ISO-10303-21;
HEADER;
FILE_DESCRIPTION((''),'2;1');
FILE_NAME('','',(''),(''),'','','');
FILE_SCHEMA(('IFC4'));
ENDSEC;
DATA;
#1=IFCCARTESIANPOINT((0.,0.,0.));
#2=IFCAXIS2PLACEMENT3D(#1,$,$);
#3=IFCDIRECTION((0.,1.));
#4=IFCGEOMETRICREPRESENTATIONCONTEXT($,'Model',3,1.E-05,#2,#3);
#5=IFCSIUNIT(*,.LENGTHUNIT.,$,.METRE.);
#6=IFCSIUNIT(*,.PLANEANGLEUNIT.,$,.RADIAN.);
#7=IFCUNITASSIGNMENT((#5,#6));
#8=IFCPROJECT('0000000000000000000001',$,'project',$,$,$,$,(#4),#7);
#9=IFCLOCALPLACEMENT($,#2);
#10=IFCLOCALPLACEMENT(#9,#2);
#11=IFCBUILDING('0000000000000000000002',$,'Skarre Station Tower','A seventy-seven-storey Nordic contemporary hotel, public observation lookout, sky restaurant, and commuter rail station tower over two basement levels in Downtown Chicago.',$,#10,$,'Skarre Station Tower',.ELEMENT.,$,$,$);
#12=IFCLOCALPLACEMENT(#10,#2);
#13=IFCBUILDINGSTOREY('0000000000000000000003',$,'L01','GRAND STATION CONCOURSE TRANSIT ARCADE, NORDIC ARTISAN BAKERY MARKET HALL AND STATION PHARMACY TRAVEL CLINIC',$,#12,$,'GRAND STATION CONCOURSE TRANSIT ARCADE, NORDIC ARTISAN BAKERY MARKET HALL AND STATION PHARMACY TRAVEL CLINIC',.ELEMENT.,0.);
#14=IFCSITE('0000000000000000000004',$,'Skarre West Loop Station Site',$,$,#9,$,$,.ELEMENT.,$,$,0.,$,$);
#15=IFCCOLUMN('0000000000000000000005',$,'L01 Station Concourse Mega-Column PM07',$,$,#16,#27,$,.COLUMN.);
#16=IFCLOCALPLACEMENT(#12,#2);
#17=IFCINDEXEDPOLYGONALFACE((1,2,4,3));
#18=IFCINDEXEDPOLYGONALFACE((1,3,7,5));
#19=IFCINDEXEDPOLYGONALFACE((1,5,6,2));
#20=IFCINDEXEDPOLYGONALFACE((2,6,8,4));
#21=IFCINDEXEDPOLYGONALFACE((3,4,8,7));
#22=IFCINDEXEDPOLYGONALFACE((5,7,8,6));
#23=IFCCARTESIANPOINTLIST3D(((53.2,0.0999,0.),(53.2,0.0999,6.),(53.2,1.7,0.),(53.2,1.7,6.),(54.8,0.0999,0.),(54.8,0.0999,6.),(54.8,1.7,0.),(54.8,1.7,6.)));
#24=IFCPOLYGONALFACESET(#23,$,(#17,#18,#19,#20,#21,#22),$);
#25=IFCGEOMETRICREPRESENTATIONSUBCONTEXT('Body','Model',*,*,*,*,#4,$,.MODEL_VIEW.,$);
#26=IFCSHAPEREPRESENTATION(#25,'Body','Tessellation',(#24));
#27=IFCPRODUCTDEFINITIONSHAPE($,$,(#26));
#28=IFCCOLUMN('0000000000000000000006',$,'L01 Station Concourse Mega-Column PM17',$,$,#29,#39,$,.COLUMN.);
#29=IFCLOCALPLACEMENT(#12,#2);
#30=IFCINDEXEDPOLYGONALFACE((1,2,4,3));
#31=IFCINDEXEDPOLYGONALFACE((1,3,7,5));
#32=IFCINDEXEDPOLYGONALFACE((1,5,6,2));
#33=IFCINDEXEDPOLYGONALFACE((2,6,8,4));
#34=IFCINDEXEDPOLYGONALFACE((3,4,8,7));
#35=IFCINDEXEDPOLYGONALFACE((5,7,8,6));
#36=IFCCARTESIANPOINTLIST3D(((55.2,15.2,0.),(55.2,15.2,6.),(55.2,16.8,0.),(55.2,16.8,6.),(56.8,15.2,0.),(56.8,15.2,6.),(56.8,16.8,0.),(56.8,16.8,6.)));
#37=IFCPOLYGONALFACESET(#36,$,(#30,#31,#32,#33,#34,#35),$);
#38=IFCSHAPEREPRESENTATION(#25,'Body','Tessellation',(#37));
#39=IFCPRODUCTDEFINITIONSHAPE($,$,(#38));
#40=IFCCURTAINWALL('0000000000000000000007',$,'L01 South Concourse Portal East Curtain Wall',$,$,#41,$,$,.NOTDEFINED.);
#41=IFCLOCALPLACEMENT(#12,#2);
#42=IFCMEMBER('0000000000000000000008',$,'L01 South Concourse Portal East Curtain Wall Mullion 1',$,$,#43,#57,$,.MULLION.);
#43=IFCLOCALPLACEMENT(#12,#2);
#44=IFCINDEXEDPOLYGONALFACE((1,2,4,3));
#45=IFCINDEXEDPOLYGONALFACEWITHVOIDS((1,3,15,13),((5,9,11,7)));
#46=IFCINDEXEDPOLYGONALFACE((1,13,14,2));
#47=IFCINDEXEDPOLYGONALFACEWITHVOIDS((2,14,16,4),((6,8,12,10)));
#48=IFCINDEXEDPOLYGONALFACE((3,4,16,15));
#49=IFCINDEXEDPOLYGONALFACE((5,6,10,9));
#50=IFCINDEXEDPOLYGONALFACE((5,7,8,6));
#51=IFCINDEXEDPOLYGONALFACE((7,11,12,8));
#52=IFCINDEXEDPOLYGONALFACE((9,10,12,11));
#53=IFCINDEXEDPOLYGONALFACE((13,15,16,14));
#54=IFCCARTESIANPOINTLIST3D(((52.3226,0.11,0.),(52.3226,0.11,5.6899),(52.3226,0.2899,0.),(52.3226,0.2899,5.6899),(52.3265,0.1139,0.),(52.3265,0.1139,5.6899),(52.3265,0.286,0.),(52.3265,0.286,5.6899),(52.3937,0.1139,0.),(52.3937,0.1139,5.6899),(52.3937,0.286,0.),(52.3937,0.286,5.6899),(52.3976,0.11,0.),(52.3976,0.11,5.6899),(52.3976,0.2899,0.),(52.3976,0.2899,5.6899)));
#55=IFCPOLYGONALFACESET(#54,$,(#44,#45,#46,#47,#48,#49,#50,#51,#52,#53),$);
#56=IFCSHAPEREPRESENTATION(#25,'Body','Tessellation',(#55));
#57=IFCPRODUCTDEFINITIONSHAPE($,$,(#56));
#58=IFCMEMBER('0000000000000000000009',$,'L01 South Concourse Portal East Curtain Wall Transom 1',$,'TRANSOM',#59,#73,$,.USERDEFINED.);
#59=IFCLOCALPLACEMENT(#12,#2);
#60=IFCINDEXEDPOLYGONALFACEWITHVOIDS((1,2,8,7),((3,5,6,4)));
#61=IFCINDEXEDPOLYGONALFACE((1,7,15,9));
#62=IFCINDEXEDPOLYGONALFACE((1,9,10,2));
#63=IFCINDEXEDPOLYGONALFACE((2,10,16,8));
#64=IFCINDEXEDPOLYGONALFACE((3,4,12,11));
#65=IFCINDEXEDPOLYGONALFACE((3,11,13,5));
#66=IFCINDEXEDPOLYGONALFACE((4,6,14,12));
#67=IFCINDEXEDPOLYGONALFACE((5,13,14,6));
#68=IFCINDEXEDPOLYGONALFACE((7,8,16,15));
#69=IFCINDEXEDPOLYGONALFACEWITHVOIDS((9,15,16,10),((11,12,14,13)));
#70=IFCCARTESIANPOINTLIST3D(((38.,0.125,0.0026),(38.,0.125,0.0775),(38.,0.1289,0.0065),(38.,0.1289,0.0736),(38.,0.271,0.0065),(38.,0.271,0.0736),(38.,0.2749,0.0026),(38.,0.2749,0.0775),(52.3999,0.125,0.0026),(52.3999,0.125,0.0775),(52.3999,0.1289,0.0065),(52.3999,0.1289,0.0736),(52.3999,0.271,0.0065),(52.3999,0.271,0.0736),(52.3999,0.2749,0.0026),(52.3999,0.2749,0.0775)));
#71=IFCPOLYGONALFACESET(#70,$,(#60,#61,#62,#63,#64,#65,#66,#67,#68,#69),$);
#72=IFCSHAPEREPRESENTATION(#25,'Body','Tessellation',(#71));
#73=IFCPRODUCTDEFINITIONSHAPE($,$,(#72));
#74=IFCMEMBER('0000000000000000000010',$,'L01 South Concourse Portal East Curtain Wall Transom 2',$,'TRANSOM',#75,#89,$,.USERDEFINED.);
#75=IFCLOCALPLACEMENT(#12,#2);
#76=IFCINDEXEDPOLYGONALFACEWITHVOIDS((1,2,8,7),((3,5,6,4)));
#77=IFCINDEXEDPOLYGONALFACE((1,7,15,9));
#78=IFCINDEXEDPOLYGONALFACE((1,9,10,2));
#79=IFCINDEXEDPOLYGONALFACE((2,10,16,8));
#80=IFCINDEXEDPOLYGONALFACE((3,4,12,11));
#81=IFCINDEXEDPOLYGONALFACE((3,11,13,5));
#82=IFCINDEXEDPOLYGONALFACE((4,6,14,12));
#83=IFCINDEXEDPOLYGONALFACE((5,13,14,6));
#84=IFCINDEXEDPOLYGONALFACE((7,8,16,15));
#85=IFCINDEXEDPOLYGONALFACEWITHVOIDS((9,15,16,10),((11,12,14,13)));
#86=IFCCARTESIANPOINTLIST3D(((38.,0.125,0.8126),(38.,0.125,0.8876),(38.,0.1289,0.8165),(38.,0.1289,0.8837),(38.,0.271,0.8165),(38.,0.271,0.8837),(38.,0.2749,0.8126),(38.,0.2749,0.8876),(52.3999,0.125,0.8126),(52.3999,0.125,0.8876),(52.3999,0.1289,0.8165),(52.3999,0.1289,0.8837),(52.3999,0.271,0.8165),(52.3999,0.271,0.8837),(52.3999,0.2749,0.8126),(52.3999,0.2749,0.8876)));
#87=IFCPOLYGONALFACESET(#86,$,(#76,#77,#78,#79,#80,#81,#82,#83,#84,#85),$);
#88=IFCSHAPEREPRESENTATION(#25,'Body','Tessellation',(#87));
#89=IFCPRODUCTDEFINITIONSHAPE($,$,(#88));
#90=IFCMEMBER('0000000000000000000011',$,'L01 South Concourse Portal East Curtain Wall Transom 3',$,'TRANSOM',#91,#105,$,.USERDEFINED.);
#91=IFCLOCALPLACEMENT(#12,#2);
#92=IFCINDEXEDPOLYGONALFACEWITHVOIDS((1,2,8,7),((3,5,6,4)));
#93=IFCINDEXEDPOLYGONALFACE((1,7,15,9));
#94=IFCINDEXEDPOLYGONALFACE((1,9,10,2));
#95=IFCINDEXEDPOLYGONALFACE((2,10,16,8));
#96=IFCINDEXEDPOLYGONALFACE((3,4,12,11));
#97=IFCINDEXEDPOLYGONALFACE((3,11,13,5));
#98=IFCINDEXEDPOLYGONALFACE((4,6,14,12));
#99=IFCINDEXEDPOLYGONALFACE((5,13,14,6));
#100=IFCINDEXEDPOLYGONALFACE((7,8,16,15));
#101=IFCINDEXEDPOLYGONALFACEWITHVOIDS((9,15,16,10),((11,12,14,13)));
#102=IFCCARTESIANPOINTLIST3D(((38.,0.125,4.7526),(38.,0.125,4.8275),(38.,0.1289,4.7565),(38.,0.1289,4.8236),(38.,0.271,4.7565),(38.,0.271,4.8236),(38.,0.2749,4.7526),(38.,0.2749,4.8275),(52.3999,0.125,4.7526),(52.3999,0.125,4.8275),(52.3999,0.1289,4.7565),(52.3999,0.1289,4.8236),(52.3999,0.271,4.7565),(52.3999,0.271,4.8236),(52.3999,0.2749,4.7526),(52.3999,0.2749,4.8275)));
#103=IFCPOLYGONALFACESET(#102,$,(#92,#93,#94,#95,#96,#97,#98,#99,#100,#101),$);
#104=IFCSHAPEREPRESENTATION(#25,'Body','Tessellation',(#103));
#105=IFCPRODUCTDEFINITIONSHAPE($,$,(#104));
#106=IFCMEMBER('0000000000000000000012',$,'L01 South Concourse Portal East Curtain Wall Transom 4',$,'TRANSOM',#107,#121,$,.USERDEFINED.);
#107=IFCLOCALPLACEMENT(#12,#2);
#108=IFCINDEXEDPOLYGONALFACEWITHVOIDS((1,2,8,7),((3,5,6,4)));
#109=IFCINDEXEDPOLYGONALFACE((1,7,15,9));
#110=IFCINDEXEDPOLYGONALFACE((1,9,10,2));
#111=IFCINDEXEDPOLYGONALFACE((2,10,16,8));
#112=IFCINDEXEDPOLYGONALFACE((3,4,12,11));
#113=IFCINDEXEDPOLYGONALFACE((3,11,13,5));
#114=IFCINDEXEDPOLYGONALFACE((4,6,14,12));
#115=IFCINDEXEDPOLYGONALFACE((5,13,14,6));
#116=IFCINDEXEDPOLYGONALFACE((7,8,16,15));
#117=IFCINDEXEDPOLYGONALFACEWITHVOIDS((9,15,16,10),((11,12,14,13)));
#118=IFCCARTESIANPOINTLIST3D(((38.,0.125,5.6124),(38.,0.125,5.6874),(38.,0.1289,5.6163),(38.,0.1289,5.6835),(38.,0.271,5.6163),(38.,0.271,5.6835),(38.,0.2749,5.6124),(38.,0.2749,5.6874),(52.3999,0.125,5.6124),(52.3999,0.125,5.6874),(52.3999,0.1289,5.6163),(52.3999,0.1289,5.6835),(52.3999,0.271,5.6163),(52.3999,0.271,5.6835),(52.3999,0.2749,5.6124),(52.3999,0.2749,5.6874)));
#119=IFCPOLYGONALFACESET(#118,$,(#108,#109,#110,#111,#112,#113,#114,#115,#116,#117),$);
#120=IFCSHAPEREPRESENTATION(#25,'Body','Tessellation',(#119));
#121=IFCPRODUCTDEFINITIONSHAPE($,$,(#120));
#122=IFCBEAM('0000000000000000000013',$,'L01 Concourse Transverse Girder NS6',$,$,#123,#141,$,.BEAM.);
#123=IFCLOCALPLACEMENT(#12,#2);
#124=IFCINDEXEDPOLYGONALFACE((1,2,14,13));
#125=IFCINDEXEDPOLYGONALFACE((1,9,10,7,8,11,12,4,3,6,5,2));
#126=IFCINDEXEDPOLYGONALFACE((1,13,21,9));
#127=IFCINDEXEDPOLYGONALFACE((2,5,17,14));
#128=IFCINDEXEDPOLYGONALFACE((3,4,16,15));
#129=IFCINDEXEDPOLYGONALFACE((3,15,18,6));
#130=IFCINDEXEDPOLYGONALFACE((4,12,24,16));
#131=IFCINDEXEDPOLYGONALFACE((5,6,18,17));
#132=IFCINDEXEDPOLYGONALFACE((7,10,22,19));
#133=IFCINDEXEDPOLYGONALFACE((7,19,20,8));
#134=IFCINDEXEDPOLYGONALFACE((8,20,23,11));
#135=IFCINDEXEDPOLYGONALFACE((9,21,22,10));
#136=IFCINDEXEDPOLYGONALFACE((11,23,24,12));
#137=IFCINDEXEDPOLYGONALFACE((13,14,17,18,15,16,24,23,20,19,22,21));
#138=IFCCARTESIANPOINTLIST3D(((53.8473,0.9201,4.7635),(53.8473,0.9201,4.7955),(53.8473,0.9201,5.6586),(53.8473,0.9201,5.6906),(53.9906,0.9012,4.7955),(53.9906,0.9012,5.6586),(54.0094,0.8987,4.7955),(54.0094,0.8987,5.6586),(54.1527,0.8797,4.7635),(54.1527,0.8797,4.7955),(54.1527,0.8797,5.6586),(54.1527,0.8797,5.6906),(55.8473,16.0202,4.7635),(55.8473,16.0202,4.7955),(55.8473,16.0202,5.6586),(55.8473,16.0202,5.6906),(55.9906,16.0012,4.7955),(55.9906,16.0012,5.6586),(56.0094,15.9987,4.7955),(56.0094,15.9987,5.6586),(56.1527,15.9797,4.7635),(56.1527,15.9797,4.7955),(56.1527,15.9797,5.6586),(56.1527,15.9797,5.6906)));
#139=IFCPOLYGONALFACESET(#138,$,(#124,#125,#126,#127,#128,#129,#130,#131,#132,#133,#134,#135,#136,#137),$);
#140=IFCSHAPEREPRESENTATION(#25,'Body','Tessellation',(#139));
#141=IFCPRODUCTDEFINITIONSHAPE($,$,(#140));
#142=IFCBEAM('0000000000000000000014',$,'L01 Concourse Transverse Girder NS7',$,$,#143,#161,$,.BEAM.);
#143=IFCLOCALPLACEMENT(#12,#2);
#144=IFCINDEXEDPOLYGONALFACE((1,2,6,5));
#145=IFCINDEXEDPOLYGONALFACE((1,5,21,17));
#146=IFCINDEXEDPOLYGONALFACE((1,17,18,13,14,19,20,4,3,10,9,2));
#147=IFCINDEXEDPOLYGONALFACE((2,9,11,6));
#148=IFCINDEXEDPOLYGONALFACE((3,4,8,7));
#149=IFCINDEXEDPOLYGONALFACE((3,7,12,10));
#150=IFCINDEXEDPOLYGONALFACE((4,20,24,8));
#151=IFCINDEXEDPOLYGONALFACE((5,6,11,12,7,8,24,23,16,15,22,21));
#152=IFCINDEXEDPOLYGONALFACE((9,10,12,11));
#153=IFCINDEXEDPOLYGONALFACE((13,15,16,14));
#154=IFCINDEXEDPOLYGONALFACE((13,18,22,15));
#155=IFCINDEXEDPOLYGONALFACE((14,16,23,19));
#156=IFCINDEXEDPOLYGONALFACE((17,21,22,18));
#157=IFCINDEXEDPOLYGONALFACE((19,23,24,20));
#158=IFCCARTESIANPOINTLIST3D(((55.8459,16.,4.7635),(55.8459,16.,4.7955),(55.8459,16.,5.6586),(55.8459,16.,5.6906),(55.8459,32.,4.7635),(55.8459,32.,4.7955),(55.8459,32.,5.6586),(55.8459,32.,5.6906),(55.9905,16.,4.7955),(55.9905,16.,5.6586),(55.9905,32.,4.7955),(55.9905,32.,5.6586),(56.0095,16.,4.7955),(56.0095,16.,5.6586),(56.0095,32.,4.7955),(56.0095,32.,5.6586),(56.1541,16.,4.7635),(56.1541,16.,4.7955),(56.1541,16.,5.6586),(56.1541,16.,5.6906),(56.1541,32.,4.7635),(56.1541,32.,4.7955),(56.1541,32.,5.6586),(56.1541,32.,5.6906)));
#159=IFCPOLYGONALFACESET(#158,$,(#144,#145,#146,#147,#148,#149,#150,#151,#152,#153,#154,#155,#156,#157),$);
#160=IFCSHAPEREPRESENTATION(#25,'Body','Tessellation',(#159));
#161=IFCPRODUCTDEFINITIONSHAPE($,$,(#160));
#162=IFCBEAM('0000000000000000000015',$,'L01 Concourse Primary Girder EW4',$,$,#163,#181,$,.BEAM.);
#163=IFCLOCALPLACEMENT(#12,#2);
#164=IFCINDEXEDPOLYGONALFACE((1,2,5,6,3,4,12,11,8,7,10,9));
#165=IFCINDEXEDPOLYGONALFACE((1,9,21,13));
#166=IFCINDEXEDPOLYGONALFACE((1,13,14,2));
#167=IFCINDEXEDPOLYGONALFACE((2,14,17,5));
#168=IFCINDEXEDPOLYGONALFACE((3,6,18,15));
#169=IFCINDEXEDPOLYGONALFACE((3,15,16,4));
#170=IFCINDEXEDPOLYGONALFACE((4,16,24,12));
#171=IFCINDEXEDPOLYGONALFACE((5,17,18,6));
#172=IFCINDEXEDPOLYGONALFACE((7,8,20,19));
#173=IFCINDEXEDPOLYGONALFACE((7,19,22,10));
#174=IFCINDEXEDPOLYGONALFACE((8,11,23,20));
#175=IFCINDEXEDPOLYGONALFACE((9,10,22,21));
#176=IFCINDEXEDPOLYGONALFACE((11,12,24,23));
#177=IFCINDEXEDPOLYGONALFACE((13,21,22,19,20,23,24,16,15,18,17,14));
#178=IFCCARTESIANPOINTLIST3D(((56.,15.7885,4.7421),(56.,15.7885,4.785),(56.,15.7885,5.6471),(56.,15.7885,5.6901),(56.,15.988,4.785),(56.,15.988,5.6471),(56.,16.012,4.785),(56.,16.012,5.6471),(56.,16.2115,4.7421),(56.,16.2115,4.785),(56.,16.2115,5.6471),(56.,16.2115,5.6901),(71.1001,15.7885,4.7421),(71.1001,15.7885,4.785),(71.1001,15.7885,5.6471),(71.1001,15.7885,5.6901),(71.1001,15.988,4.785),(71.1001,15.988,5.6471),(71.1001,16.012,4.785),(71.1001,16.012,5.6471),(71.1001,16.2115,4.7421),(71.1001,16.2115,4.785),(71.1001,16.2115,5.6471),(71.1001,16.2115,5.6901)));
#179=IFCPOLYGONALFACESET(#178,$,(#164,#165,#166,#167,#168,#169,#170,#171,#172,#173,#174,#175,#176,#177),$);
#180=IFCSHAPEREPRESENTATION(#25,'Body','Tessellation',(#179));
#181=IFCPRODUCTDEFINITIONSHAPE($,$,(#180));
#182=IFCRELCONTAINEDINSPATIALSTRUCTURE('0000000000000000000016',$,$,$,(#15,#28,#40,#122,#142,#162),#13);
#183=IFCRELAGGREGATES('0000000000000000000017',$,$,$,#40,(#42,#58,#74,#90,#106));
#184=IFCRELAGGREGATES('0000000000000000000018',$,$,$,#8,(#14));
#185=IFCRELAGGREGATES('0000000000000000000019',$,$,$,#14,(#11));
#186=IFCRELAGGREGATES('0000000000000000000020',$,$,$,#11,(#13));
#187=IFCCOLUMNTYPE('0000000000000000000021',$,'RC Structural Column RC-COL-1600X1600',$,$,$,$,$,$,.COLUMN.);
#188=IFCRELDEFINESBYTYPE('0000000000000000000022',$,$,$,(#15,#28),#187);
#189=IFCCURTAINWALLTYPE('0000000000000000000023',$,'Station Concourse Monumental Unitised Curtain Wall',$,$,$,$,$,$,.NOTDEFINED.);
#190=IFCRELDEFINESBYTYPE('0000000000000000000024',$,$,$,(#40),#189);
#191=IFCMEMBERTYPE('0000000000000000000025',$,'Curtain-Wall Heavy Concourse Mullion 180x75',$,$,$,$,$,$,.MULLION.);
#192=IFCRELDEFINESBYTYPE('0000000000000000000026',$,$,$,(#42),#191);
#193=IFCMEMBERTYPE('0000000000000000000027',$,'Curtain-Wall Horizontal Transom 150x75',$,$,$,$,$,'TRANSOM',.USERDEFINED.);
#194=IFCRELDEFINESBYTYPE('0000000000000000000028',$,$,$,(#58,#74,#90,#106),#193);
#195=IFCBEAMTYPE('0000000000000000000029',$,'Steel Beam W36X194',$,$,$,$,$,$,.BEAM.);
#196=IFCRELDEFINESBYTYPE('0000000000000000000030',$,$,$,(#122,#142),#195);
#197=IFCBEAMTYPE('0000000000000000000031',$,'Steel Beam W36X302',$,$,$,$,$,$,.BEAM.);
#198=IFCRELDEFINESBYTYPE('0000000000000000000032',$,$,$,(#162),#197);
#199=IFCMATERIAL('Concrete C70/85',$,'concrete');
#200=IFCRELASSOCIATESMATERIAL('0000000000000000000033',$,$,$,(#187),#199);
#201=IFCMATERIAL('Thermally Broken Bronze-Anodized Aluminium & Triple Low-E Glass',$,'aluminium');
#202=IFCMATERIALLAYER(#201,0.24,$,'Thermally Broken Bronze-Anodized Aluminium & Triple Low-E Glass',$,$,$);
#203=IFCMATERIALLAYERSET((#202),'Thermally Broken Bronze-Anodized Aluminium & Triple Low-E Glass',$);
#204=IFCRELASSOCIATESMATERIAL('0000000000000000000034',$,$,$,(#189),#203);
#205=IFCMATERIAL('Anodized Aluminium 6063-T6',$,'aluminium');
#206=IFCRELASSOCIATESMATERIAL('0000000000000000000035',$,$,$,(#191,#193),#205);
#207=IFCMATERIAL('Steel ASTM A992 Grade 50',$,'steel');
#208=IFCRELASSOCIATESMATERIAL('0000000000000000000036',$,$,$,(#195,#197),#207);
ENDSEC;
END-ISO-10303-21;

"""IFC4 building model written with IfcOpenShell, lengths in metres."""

from ifc_helpers import new_model, si_unit, direction, frame, origin, origin_2d, place, context, subcontext, project, spatial, rectangle, hollow_rectangle, i_section, extrude, material, layer, layer_set, material_profile, profile_set, type_object, element, aggregate, save


model = new_model("IFC4")

# Units and contexts
model_context = context("Model", 3, precision=1e-05, world=origin(), true_north=direction((0.0, 1.0)))
body_context = subcontext(model_context, "Body", "Model", "MODEL_VIEW")
ifc_project = project(units=[si_unit("LENGTHUNIT", "METRE"), si_unit("PLANEANGLEUNIT", "RADIAN")], contexts=[model_context])

# Site, building, storey
site_placement = place(None, origin())
site = spatial("IfcSite", under=ifc_project, at=site_placement, Name="Skarre West Loop Station Site", CompositionType="ELEMENT", RefElevation=0.0)
building_placement = place(site_placement, origin())
building = spatial("IfcBuilding", under=site, at=building_placement, Name="Skarre Station Tower", Description="A seventy-seven-storey Nordic contemporary hotel, public observation lookout, sky restaurant, and commuter rail station tower over two basement levels in Downtown Chicago.", LongName="Skarre Station Tower", CompositionType="ELEMENT")
storey_placement = place(building_placement, origin())
storey = spatial("IfcBuildingStorey", under=building, at=storey_placement, Name="L01", Description="GRAND STATION CONCOURSE TRANSIT ARCADE, NORDIC ARTISAN BAKERY MARKET HALL AND STATION PHARMACY TRAVEL CLINIC", LongName="GRAND STATION CONCOURSE TRANSIT ARCADE, NORDIC ARTISAN BAKERY MARKET HALL AND STATION PHARMACY TRAVEL CLINIC", CompositionType="ELEMENT", Elevation=0.0)

# Columns
ifc_material_1 = material(Name="Concrete C70/85", Category="concrete")
ifc_material_profile_1 = material_profile(ifc_material_1, rectangle(XDim=1.6001, YDim=1.6001, at=origin_2d()), Name="Concrete C70/85")
ifc_profile_set_1 = profile_set([ifc_material_profile_1], Name="Concrete C70/85")
column_type = type_object("IfcColumnType", Name="RC Structural Column RC-COL-1600X1600", PredefinedType="COLUMN", material=ifc_profile_set_1)
for number, where, z_axis, x_axis, name in (
    (1, (54.0, 0.8999, 0.0), (0.0, 0.0, 1.0), (1.0, 0.0, 0.0), "L01 Station Concourse Mega-Column PM07"),
    (2, (56.0, 16.0, 0.0), (0.0, 0.0, 1.0), (1.0, 0.0, 0.0), "L01 Station Concourse Mega-Column PM17"),
):
    element("IfcColumn", number, at=place(storey_placement, frame(where, z_axis=z_axis, x_axis=x_axis)), inside=storey, type_object=column_type, Name=name, PredefinedType="COLUMN", context=body_context, shape_type="SweptSolid", body=[
        extrude(rectangle(XDim=1.6001, YDim=1.6001, at=origin_2d()), origin(), (0.0, 0.0, 1.0), 6.0),
    ])

# Curtain wall, members
ifc_material_2 = material(Name="Thermally Broken Bronze-Anodized Aluminium & Triple Low-E Glass", Category="aluminium")
ifc_layer_1 = layer(ifc_material_2, 0.24, Name="Thermally Broken Bronze-Anodized Aluminium & Triple Low-E Glass")
ifc_layer_set_1 = layer_set([ifc_layer_1], Name="Thermally Broken Bronze-Anodized Aluminium & Triple Low-E Glass")
curtain_wall_type = type_object("IfcCurtainWallType", Name="Station Concourse Monumental Unitised Curtain Wall", PredefinedType="NOTDEFINED", material=ifc_layer_set_1)
curtain_wall_placement = place(storey_placement, origin())
curtain_wall = element("IfcCurtainWall", 3, at=curtain_wall_placement, inside=storey, type_object=curtain_wall_type, Name="L01 South Concourse Portal East Curtain Wall", PredefinedType="NOTDEFINED")
ifc_material_3 = material(Name="Anodized Aluminium 6063-T6", Category="aluminium")
ifc_material_profile_2 = material_profile(ifc_material_3, hollow_rectangle(XDim=0.075, YDim=0.1799, WallThickness=0.0039, at=origin_2d()), Name="Anodized Aluminium 6063-T6")
ifc_profile_set_2 = profile_set([ifc_material_profile_2], Name="Anodized Aluminium 6063-T6")
member_type_1 = type_object("IfcMemberType", Name="Curtain-Wall Heavy Concourse Mullion 180x75", PredefinedType="MULLION", material=ifc_profile_set_2)
member_1_placement = place(storey_placement, frame((52.3601, 0.2, 0.0), z_axis=(0.0, 0.0, 1.0), x_axis=(-1.0, 0.0, 0.0)))
member_1 = element("IfcMember", 4, at=member_1_placement, type_object=member_type_1, Name="L01 South Concourse Portal East Curtain Wall Mullion 1", PredefinedType="MULLION", context=body_context, shape_type="SweptSolid", body=[
    extrude(hollow_rectangle(XDim=0.075, YDim=0.1799, WallThickness=0.0039, at=origin_2d()), origin(), (0.0, 0.0, 1.0), 5.6899),
])
ifc_material_profile_3 = material_profile(ifc_material_3, hollow_rectangle(XDim=0.075, YDim=0.1499, WallThickness=0.0039, at=origin_2d()), Name="Anodized Aluminium 6063-T6")
ifc_profile_set_3 = profile_set([ifc_material_profile_3], Name="Anodized Aluminium 6063-T6")
member_type_2 = type_object("IfcMemberType", Name="Curtain-Wall Horizontal Transom 150x75", ElementType="TRANSOM", PredefinedType="USERDEFINED", material=ifc_profile_set_3)
member_2_placement = place(storey_placement, frame((52.3999, 0.2, 0.04), z_axis=(-1.0, 0.0, 0.0), x_axis=(0.0, 0.0, 1.0)))
member_2 = element("IfcMember", 5, at=member_2_placement, type_object=member_type_2, Name="L01 South Concourse Portal East Curtain Wall Transom 1", ObjectType="TRANSOM", PredefinedType="USERDEFINED", context=body_context, shape_type="SweptSolid", body=[
    extrude(hollow_rectangle(XDim=0.075, YDim=0.1499, WallThickness=0.0039, at=origin_2d()), origin(), (0.0, 0.0, 1.0), 14.3999),
])
member_3_placement = place(storey_placement, frame((52.3999, 0.2, 0.8501), z_axis=(-1.0, 0.0, 0.0), x_axis=(0.0, 0.0, 1.0)))
member_3 = element("IfcMember", 6, at=member_3_placement, type_object=member_type_2, Name="L01 South Concourse Portal East Curtain Wall Transom 2", ObjectType="TRANSOM", PredefinedType="USERDEFINED", context=body_context, shape_type="SweptSolid", body=[
    extrude(hollow_rectangle(XDim=0.075, YDim=0.1499, WallThickness=0.0039, at=origin_2d()), origin(), (0.0, 0.0, 1.0), 14.3999),
])
member_4_placement = place(storey_placement, frame((52.3999, 0.2, 4.79), z_axis=(-1.0, 0.0, 0.0), x_axis=(0.0, 0.0, 1.0)))
member_4 = element("IfcMember", 7, at=member_4_placement, type_object=member_type_2, Name="L01 South Concourse Portal East Curtain Wall Transom 3", ObjectType="TRANSOM", PredefinedType="USERDEFINED", context=body_context, shape_type="SweptSolid", body=[
    extrude(hollow_rectangle(XDim=0.075, YDim=0.1499, WallThickness=0.0039, at=origin_2d()), origin(), (0.0, 0.0, 1.0), 14.3999),
])
member_5_placement = place(storey_placement, frame((52.3999, 0.2, 5.6499), z_axis=(-1.0, 0.0, 0.0), x_axis=(0.0, 0.0, 1.0)))
member_5 = element("IfcMember", 8, at=member_5_placement, type_object=member_type_2, Name="L01 South Concourse Portal East Curtain Wall Transom 4", ObjectType="TRANSOM", PredefinedType="USERDEFINED", context=body_context, shape_type="SweptSolid", body=[
    extrude(hollow_rectangle(XDim=0.075, YDim=0.1499, WallThickness=0.0039, at=origin_2d()), origin(), (0.0, 0.0, 1.0), 14.3999),
])
aggregate(curtain_wall, [member_1, member_2, member_3, member_4, member_5])

# Beams
ifc_material_4 = material(Name="Steel ASTM A992 Grade 50", Category="steel")
ifc_material_profile_4 = material_profile(ifc_material_4, i_section(OverallWidth=0.3081, OverallDepth=0.927, WebThickness=0.019, FlangeThickness=0.032, at=origin_2d()), Name="Steel ASTM A992 Grade 50")
ifc_profile_set_4 = profile_set([ifc_material_profile_4], Name="Steel ASTM A992 Grade 50")
beam_type_1 = type_object("IfcBeamType", Name="Steel Beam W36X194", PredefinedType="BEAM", material=ifc_profile_set_4)
beam_1_placement = place(storey_placement, frame((54.0, 0.8999, 5.2271), z_axis=(0.131303, 0.991342, 0.0), x_axis=(-0.991342, 0.131303, 0.0)))
element("IfcBeam", 9, at=beam_1_placement, inside=storey, type_object=beam_type_1, Name="L01 Concourse Transverse Girder NS6", PredefinedType="BEAM", context=body_context, shape_type="SweptSolid", body=[
    extrude(i_section(OverallWidth=0.3081, OverallDepth=0.927, WebThickness=0.019, FlangeThickness=0.032, at=origin_2d()), origin(), (0.0, 0.0, 1.0), 15.2319),
])
beam_2_placement = place(storey_placement, frame((56.0, 16.0, 5.2271), z_axis=(0.0, 1.0, 0.0), x_axis=(-1.0, 0.0, 0.0)))
element("IfcBeam", 10, at=beam_2_placement, inside=storey, type_object=beam_type_1, Name="L01 Concourse Transverse Girder NS7", PredefinedType="BEAM", context=body_context, shape_type="SweptSolid", body=[
    extrude(i_section(OverallWidth=0.3081, OverallDepth=0.927, WebThickness=0.019, FlangeThickness=0.032, at=origin_2d()), origin(), (0.0, 0.0, 1.0), 16.0),
])
ifc_material_profile_5 = material_profile(ifc_material_4, i_section(OverallWidth=0.4231, OverallDepth=0.948, WebThickness=0.0239, FlangeThickness=0.043, at=origin_2d()), Name="Steel ASTM A992 Grade 50")
ifc_profile_set_5 = profile_set([ifc_material_profile_5], Name="Steel ASTM A992 Grade 50")
beam_type_2 = type_object("IfcBeamType", Name="Steel Beam W36X302", PredefinedType="BEAM", material=ifc_profile_set_5)
beam_3_placement = place(storey_placement, frame((56.0, 16.0, 5.2161), z_axis=(1.0, 0.0, 0.0), x_axis=(0.0, 1.0, 0.0)))
element("IfcBeam", 11, at=beam_3_placement, inside=storey, type_object=beam_type_2, Name="L01 Concourse Primary Girder EW4", PredefinedType="BEAM", context=body_context, shape_type="SweptSolid", body=[
    extrude(i_section(OverallWidth=0.4231, OverallDepth=0.948, WebThickness=0.0239, FlangeThickness=0.043, at=origin_2d()), origin(), (0.0, 0.0, 1.0), 15.1001),
])

save(model, "model.ifc")
